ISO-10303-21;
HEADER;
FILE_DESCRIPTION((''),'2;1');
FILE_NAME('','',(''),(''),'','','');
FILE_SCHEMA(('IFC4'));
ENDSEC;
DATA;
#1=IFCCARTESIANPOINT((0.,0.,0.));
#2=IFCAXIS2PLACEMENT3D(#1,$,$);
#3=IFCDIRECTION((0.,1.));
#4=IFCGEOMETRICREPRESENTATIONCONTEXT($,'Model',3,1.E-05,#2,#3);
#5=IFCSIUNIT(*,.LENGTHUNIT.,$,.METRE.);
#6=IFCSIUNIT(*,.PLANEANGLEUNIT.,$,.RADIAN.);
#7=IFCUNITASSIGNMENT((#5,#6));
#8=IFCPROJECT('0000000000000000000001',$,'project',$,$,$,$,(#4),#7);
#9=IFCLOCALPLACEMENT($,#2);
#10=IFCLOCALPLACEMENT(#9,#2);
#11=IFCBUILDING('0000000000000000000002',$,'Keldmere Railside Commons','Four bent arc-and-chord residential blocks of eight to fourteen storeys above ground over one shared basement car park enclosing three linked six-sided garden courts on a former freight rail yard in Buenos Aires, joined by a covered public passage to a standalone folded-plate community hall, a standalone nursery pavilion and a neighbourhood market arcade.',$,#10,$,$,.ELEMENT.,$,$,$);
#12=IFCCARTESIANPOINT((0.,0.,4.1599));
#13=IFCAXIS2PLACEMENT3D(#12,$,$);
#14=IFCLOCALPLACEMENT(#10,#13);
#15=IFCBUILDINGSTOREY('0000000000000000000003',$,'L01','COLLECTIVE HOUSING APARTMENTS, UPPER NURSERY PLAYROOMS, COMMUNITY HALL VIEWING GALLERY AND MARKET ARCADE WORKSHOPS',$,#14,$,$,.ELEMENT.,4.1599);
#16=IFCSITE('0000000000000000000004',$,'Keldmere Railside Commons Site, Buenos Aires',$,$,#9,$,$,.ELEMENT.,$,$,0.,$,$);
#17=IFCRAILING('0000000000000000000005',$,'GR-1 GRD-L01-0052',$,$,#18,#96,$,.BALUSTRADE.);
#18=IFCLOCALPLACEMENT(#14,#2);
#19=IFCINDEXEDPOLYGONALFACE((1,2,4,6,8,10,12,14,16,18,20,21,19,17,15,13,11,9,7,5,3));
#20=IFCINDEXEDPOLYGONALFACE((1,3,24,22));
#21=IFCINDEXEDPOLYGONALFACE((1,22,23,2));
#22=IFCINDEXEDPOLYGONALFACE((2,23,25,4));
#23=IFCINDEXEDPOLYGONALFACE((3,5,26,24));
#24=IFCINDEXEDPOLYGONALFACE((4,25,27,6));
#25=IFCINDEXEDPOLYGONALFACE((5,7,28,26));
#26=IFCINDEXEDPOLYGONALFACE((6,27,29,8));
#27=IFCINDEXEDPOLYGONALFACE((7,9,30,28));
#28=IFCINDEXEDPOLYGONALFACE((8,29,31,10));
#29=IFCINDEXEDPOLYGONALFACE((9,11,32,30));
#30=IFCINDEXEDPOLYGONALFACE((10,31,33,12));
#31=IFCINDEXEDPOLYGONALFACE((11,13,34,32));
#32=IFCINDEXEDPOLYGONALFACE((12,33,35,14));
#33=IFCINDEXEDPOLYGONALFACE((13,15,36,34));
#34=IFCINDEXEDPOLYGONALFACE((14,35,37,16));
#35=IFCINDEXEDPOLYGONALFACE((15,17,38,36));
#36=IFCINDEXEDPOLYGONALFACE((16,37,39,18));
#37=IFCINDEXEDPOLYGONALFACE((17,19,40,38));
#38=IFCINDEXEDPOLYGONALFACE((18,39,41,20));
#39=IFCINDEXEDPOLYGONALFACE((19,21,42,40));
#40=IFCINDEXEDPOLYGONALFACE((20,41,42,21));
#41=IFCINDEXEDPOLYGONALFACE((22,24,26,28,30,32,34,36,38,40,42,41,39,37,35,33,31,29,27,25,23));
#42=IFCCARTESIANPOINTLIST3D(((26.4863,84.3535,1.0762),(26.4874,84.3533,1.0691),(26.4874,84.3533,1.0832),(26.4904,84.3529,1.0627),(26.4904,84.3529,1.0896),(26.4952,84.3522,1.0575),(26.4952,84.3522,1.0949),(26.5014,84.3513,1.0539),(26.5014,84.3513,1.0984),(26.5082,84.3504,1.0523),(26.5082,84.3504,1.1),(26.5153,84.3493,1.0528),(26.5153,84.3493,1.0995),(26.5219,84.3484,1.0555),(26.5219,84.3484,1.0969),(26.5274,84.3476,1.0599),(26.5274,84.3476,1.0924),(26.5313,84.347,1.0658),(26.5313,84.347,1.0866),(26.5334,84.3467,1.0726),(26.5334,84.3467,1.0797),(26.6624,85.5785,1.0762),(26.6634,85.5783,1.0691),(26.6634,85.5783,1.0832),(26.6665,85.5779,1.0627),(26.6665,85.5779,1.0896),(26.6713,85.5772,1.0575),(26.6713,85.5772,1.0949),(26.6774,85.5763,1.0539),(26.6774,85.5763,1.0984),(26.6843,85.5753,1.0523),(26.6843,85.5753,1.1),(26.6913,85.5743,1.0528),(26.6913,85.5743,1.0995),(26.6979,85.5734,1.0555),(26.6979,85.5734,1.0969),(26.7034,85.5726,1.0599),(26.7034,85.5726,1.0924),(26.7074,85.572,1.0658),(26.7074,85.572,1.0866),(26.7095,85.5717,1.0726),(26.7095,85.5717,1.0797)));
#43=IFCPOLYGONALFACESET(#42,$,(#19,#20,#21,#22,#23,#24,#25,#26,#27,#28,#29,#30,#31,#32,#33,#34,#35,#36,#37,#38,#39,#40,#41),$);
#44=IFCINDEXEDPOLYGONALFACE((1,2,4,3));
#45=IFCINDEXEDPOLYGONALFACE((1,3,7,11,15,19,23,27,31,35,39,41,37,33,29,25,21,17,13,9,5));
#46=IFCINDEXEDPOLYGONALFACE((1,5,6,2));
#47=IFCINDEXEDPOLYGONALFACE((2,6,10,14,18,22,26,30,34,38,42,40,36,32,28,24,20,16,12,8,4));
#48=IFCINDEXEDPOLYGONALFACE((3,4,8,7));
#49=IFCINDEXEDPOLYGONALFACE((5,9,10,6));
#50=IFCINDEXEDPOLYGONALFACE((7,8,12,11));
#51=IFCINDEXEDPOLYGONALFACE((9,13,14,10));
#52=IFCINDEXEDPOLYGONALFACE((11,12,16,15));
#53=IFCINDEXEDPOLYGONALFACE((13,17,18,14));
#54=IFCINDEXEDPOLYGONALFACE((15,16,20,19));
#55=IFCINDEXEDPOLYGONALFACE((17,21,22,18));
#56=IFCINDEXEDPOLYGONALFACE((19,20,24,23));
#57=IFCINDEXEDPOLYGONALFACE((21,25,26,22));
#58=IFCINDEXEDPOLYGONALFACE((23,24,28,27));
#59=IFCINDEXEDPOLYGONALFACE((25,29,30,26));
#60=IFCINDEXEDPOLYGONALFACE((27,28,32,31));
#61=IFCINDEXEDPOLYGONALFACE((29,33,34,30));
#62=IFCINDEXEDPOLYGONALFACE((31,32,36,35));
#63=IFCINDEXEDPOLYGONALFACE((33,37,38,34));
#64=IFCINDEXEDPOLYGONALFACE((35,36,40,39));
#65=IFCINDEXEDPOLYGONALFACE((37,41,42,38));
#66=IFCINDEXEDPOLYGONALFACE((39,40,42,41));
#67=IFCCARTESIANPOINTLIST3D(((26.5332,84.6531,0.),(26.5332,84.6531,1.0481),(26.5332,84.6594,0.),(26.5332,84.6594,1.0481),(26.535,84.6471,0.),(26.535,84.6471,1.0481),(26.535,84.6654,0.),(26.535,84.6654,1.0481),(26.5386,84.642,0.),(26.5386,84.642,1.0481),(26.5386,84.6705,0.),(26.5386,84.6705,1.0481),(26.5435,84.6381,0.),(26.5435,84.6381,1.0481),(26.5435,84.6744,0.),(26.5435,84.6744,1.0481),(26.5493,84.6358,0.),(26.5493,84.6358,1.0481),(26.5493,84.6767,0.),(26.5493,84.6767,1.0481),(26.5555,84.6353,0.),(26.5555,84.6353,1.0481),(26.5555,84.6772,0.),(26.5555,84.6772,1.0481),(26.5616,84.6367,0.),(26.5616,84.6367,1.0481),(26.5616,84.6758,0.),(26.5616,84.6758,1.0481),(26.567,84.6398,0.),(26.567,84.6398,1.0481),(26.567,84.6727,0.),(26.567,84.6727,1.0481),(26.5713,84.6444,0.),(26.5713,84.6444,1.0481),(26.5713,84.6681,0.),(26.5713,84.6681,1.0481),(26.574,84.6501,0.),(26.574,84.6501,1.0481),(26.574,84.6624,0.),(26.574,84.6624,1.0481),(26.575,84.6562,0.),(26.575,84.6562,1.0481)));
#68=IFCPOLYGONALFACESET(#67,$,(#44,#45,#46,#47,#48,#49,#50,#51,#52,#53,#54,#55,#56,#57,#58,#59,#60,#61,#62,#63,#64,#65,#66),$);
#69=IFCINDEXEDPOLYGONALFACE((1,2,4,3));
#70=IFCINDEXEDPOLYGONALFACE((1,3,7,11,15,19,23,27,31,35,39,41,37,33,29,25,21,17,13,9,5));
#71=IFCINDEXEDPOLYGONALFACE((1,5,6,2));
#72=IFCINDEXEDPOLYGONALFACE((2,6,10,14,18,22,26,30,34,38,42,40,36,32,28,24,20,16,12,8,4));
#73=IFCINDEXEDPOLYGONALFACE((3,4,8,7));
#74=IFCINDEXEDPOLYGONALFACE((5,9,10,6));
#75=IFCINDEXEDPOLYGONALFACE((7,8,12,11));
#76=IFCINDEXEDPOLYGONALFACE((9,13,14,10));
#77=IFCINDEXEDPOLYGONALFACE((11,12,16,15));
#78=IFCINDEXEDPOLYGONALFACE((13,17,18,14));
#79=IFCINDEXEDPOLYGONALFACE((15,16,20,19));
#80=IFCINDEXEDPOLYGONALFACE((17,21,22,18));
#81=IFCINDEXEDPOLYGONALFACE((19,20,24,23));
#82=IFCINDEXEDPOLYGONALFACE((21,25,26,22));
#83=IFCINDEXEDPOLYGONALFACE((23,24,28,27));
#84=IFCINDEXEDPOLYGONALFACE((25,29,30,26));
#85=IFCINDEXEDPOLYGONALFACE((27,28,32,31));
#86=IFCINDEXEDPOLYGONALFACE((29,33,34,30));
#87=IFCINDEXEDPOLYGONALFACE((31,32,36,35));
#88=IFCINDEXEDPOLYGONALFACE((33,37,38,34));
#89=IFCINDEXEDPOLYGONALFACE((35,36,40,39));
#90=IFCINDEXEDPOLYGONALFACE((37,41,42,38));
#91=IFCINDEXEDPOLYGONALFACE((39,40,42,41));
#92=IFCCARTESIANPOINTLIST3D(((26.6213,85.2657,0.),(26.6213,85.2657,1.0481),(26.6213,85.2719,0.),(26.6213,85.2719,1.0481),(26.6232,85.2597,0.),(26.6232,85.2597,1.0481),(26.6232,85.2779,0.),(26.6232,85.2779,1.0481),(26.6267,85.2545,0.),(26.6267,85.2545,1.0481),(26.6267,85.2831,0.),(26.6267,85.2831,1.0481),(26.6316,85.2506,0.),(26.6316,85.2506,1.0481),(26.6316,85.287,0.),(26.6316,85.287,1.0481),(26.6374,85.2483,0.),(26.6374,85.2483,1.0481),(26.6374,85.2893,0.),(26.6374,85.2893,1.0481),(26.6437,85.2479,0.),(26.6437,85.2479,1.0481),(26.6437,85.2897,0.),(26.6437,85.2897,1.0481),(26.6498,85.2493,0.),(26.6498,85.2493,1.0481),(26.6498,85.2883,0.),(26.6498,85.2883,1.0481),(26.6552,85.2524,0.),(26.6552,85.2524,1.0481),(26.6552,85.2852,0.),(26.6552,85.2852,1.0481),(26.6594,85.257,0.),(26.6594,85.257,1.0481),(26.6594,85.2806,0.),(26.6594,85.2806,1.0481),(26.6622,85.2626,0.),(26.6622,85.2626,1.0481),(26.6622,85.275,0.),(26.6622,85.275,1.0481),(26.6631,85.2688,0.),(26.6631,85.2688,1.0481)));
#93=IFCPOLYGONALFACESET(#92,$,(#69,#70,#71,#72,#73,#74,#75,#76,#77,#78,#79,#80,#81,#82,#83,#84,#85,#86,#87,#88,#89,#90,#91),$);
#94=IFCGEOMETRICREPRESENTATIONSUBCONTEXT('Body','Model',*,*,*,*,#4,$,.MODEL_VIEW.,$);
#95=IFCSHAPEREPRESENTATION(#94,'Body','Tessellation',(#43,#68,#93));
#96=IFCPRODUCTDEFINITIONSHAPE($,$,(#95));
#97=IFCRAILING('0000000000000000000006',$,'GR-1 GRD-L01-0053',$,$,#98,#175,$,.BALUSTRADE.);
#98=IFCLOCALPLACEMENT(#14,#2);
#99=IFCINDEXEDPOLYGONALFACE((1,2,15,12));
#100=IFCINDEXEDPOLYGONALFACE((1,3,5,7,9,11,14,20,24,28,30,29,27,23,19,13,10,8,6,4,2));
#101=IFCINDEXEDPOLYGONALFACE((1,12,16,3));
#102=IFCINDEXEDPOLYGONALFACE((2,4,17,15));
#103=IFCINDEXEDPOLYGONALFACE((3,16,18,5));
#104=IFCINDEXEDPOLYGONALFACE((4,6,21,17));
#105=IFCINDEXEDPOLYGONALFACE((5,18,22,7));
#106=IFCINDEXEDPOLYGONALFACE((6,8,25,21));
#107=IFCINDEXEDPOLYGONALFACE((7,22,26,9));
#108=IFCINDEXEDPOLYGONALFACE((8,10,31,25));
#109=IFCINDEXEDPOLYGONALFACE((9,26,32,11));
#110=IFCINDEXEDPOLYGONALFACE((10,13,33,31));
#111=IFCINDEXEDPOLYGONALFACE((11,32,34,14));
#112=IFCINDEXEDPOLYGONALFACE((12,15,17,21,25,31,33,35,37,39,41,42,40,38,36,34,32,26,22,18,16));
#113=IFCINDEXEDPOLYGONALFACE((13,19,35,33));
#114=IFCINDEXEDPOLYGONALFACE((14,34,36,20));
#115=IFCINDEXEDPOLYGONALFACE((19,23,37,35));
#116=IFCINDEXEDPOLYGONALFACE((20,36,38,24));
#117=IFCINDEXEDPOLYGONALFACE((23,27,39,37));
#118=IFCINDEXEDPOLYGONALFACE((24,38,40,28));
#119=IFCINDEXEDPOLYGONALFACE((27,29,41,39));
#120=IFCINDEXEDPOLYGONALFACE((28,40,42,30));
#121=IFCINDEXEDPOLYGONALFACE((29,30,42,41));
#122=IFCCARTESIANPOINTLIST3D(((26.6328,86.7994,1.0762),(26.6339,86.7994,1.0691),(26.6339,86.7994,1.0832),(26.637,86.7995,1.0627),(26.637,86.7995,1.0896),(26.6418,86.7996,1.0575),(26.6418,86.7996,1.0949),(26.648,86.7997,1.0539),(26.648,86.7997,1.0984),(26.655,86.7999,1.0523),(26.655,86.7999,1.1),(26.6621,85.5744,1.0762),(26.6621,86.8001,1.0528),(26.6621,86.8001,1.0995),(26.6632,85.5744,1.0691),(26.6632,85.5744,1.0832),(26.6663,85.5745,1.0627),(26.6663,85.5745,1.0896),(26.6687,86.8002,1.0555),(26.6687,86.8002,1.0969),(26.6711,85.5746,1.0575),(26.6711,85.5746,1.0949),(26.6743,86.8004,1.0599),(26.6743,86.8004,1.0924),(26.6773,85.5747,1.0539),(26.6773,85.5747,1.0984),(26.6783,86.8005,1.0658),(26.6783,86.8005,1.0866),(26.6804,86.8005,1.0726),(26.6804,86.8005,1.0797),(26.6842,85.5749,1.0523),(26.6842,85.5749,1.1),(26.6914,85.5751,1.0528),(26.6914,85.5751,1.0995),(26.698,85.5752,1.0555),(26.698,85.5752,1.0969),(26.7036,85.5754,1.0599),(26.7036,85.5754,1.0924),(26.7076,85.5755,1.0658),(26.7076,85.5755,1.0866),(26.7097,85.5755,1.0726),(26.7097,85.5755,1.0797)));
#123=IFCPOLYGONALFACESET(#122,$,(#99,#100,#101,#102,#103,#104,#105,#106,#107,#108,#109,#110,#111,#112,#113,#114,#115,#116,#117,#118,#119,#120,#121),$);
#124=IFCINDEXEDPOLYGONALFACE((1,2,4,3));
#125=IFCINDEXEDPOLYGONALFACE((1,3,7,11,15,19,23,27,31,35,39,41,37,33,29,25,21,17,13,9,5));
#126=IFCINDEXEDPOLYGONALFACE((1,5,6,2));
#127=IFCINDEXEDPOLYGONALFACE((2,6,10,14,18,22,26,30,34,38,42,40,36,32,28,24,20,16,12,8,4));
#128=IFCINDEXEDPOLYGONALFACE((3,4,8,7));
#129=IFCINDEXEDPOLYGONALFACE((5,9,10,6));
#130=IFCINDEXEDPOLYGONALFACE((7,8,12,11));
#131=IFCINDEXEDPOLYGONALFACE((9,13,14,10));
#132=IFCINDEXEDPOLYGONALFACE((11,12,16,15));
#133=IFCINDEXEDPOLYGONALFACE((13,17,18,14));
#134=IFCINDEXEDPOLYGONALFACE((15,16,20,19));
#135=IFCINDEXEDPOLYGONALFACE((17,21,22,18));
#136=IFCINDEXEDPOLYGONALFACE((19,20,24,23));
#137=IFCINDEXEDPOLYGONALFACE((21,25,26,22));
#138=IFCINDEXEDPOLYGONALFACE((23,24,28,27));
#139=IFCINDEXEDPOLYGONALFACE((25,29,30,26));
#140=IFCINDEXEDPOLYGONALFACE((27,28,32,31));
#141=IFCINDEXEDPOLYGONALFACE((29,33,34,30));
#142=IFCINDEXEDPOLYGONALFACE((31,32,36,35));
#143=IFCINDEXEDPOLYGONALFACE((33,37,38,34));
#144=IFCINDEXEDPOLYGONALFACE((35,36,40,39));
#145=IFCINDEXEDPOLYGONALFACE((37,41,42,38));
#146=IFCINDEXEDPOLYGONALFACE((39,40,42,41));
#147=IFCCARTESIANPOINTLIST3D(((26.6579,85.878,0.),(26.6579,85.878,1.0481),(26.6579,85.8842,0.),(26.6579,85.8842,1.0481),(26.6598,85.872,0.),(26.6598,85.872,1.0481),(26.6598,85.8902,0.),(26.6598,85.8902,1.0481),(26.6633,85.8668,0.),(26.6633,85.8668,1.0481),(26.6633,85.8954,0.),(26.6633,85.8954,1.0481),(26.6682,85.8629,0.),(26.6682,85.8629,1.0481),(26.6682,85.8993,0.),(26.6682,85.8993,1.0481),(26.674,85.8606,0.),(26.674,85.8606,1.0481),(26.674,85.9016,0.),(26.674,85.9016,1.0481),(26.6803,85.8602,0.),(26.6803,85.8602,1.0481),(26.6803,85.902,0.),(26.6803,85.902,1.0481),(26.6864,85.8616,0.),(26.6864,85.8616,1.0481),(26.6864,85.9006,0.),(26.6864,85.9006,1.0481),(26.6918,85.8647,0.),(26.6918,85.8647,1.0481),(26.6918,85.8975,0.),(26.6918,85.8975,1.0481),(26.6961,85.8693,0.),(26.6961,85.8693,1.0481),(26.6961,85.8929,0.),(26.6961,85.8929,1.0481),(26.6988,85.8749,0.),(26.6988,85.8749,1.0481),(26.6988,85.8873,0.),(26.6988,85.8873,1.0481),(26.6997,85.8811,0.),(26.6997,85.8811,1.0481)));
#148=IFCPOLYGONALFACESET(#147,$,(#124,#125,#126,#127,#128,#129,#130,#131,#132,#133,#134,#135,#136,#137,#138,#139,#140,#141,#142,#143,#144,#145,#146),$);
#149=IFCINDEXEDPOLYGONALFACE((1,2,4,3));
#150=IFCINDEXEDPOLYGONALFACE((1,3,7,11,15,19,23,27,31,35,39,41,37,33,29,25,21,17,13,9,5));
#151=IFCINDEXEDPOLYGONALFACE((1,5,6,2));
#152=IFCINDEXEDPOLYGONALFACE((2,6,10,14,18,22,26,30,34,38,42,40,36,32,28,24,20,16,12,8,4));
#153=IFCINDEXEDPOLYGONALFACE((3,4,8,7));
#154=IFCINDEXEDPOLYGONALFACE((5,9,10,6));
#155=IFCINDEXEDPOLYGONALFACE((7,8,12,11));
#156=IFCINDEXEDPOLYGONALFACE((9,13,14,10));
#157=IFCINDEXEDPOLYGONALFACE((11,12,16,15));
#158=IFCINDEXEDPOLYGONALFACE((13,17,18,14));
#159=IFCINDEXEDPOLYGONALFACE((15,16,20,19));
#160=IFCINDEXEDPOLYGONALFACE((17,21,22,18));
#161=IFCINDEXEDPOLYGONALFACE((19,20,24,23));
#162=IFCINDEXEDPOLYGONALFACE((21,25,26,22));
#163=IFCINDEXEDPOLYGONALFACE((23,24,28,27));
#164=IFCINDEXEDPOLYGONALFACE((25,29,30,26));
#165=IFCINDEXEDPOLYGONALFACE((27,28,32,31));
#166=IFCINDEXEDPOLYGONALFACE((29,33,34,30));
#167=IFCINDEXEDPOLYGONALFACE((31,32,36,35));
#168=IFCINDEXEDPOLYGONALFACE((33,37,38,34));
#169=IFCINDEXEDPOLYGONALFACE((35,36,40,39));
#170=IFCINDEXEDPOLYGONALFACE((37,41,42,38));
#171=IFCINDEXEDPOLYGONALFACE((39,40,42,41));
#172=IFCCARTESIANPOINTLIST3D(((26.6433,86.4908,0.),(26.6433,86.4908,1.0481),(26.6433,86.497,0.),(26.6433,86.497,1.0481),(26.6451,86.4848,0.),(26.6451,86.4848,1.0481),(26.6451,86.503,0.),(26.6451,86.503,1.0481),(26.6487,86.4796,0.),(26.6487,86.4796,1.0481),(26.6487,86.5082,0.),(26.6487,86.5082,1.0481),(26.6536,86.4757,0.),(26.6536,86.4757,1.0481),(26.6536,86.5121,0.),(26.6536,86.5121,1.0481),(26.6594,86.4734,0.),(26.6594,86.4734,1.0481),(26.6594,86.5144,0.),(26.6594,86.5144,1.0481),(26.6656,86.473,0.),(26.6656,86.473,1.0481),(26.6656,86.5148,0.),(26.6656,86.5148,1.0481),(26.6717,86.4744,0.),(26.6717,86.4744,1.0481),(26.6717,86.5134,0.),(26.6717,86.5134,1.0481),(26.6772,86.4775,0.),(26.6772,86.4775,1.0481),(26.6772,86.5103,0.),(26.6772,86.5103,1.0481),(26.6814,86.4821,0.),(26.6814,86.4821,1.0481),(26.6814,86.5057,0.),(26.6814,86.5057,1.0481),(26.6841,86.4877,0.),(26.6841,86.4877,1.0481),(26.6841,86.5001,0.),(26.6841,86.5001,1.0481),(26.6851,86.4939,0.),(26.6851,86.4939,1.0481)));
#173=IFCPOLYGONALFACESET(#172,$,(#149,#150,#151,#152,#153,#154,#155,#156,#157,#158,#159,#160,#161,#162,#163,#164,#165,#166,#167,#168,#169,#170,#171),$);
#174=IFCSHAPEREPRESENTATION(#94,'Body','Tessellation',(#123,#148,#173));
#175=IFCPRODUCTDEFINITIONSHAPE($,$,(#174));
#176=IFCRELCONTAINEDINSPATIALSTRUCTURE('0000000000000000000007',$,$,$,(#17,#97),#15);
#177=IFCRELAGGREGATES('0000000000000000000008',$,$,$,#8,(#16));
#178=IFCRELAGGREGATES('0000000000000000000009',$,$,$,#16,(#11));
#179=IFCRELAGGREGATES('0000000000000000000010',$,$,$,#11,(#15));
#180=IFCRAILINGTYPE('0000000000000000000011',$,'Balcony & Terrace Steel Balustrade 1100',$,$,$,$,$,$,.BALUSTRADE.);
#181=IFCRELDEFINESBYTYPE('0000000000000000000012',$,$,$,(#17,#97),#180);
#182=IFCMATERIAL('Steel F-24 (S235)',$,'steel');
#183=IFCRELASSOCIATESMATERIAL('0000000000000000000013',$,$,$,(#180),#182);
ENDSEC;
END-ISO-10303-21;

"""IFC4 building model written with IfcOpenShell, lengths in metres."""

from ifc_helpers import new_model, si_unit, direction, frame, origin, origin_2d, place, context, subcontext, project, spatial, circle, extrude, material, type_object, element, save


model = new_model("IFC4")

# Units and contexts
model_context = context("Model", 3, precision=1e-05, world=origin(), true_north=direction((0.0, 1.0)))
body_context = subcontext(model_context, "Body", "Model", "MODEL_VIEW")
ifc_project = project(units=[si_unit("LENGTHUNIT", "METRE"), si_unit("PLANEANGLEUNIT", "RADIAN")], contexts=[model_context])

# Site, building, storey
site_placement = place(None, origin())
site = spatial("IfcSite", under=ifc_project, at=site_placement, Name="Keldmere Railside Commons Site, Buenos Aires", CompositionType="ELEMENT", RefElevation=0.0)
building_placement = place(site_placement, origin())
building = spatial("IfcBuilding", under=site, at=building_placement, Name="Keldmere Railside Commons", Description="Four bent arc-and-chord residential blocks of eight to fourteen storeys above ground over one shared basement car park enclosing three linked six-sided garden courts on a former freight rail yard in Buenos Aires, joined by a covered public passage to a standalone folded-plate community hall, a standalone nursery pavilion and a neighbourhood market arcade.", CompositionType="ELEMENT")
storey_placement = place(building_placement, frame((0.0, 0.0, 4.1599)))
storey = spatial("IfcBuildingStorey", under=building, at=storey_placement, Name="L01", Description="COLLECTIVE HOUSING APARTMENTS, UPPER NURSERY PLAYROOMS, COMMUNITY HALL VIEWING GALLERY AND MARKET ARCADE WORKSHOPS", CompositionType="ELEMENT", Elevation=4.1599)

# Railings
ifc_material_1 = material(Name="Steel F-24 (S235)", Category="steel")
railing_type = type_object("IfcRailingType", Name="Balcony & Terrace Steel Balustrade 1100", PredefinedType="BALUSTRADE", material=ifc_material_1)
railing_1_placement = place(storey_placement, frame((26.51, 84.3501, 0.0)))
element("IfcRailing", 1, at=railing_1_placement, inside=storey, type_object=railing_type, Name="GR-1 GRD-L01-0052", PredefinedType="BALUSTRADE", context=body_context, shape_type="SweptSolid", body=[
    extrude(circle(Radius=0.0239, at=origin_2d()), frame((0.0, 0.0, 1.0762), z_axis=(0.14225, 0.989831, 0.0), x_axis=(-0.989831, 0.14225, 0.0)), (0.0, 0.0, 1.0), 1.2375),
    extrude(circle(Radius=0.021, at=origin_2d()), frame((0.0439, 0.3062, 0.0)), (0.0, 0.0, 1.0), 1.0481),
    extrude(circle(Radius=0.021, at=origin_2d()), frame((0.1321, 0.9187, 0.0)), (0.0, 0.0, 1.0), 1.0481),
])
railing_2_placement = place(storey_placement, frame((26.686, 85.575, 0.0)))
element("IfcRailing", 2, at=railing_2_placement, inside=storey, type_object=railing_type, Name="GR-1 GRD-L01-0053", PredefinedType="BALUSTRADE", context=body_context, shape_type="SweptSolid", body=[
    extrude(circle(Radius=0.0239, at=origin_2d()), frame((0.0, 0.0, 1.0762), z_axis=(-0.023907, 0.999714, 0.0), x_axis=(-0.999714, -0.023907, 0.0)), (0.0, 0.0, 1.0), 1.2253),
    extrude(circle(Radius=0.021, at=origin_2d()), frame((-0.0073, 0.3062, 0.0)), (0.0, 0.0, 1.0), 1.0481),
    extrude(circle(Radius=0.021, at=origin_2d()), frame((-0.022, 0.9189, 0.0)), (0.0, 0.0, 1.0), 1.0481),
])

save(model, "model.ifc")
